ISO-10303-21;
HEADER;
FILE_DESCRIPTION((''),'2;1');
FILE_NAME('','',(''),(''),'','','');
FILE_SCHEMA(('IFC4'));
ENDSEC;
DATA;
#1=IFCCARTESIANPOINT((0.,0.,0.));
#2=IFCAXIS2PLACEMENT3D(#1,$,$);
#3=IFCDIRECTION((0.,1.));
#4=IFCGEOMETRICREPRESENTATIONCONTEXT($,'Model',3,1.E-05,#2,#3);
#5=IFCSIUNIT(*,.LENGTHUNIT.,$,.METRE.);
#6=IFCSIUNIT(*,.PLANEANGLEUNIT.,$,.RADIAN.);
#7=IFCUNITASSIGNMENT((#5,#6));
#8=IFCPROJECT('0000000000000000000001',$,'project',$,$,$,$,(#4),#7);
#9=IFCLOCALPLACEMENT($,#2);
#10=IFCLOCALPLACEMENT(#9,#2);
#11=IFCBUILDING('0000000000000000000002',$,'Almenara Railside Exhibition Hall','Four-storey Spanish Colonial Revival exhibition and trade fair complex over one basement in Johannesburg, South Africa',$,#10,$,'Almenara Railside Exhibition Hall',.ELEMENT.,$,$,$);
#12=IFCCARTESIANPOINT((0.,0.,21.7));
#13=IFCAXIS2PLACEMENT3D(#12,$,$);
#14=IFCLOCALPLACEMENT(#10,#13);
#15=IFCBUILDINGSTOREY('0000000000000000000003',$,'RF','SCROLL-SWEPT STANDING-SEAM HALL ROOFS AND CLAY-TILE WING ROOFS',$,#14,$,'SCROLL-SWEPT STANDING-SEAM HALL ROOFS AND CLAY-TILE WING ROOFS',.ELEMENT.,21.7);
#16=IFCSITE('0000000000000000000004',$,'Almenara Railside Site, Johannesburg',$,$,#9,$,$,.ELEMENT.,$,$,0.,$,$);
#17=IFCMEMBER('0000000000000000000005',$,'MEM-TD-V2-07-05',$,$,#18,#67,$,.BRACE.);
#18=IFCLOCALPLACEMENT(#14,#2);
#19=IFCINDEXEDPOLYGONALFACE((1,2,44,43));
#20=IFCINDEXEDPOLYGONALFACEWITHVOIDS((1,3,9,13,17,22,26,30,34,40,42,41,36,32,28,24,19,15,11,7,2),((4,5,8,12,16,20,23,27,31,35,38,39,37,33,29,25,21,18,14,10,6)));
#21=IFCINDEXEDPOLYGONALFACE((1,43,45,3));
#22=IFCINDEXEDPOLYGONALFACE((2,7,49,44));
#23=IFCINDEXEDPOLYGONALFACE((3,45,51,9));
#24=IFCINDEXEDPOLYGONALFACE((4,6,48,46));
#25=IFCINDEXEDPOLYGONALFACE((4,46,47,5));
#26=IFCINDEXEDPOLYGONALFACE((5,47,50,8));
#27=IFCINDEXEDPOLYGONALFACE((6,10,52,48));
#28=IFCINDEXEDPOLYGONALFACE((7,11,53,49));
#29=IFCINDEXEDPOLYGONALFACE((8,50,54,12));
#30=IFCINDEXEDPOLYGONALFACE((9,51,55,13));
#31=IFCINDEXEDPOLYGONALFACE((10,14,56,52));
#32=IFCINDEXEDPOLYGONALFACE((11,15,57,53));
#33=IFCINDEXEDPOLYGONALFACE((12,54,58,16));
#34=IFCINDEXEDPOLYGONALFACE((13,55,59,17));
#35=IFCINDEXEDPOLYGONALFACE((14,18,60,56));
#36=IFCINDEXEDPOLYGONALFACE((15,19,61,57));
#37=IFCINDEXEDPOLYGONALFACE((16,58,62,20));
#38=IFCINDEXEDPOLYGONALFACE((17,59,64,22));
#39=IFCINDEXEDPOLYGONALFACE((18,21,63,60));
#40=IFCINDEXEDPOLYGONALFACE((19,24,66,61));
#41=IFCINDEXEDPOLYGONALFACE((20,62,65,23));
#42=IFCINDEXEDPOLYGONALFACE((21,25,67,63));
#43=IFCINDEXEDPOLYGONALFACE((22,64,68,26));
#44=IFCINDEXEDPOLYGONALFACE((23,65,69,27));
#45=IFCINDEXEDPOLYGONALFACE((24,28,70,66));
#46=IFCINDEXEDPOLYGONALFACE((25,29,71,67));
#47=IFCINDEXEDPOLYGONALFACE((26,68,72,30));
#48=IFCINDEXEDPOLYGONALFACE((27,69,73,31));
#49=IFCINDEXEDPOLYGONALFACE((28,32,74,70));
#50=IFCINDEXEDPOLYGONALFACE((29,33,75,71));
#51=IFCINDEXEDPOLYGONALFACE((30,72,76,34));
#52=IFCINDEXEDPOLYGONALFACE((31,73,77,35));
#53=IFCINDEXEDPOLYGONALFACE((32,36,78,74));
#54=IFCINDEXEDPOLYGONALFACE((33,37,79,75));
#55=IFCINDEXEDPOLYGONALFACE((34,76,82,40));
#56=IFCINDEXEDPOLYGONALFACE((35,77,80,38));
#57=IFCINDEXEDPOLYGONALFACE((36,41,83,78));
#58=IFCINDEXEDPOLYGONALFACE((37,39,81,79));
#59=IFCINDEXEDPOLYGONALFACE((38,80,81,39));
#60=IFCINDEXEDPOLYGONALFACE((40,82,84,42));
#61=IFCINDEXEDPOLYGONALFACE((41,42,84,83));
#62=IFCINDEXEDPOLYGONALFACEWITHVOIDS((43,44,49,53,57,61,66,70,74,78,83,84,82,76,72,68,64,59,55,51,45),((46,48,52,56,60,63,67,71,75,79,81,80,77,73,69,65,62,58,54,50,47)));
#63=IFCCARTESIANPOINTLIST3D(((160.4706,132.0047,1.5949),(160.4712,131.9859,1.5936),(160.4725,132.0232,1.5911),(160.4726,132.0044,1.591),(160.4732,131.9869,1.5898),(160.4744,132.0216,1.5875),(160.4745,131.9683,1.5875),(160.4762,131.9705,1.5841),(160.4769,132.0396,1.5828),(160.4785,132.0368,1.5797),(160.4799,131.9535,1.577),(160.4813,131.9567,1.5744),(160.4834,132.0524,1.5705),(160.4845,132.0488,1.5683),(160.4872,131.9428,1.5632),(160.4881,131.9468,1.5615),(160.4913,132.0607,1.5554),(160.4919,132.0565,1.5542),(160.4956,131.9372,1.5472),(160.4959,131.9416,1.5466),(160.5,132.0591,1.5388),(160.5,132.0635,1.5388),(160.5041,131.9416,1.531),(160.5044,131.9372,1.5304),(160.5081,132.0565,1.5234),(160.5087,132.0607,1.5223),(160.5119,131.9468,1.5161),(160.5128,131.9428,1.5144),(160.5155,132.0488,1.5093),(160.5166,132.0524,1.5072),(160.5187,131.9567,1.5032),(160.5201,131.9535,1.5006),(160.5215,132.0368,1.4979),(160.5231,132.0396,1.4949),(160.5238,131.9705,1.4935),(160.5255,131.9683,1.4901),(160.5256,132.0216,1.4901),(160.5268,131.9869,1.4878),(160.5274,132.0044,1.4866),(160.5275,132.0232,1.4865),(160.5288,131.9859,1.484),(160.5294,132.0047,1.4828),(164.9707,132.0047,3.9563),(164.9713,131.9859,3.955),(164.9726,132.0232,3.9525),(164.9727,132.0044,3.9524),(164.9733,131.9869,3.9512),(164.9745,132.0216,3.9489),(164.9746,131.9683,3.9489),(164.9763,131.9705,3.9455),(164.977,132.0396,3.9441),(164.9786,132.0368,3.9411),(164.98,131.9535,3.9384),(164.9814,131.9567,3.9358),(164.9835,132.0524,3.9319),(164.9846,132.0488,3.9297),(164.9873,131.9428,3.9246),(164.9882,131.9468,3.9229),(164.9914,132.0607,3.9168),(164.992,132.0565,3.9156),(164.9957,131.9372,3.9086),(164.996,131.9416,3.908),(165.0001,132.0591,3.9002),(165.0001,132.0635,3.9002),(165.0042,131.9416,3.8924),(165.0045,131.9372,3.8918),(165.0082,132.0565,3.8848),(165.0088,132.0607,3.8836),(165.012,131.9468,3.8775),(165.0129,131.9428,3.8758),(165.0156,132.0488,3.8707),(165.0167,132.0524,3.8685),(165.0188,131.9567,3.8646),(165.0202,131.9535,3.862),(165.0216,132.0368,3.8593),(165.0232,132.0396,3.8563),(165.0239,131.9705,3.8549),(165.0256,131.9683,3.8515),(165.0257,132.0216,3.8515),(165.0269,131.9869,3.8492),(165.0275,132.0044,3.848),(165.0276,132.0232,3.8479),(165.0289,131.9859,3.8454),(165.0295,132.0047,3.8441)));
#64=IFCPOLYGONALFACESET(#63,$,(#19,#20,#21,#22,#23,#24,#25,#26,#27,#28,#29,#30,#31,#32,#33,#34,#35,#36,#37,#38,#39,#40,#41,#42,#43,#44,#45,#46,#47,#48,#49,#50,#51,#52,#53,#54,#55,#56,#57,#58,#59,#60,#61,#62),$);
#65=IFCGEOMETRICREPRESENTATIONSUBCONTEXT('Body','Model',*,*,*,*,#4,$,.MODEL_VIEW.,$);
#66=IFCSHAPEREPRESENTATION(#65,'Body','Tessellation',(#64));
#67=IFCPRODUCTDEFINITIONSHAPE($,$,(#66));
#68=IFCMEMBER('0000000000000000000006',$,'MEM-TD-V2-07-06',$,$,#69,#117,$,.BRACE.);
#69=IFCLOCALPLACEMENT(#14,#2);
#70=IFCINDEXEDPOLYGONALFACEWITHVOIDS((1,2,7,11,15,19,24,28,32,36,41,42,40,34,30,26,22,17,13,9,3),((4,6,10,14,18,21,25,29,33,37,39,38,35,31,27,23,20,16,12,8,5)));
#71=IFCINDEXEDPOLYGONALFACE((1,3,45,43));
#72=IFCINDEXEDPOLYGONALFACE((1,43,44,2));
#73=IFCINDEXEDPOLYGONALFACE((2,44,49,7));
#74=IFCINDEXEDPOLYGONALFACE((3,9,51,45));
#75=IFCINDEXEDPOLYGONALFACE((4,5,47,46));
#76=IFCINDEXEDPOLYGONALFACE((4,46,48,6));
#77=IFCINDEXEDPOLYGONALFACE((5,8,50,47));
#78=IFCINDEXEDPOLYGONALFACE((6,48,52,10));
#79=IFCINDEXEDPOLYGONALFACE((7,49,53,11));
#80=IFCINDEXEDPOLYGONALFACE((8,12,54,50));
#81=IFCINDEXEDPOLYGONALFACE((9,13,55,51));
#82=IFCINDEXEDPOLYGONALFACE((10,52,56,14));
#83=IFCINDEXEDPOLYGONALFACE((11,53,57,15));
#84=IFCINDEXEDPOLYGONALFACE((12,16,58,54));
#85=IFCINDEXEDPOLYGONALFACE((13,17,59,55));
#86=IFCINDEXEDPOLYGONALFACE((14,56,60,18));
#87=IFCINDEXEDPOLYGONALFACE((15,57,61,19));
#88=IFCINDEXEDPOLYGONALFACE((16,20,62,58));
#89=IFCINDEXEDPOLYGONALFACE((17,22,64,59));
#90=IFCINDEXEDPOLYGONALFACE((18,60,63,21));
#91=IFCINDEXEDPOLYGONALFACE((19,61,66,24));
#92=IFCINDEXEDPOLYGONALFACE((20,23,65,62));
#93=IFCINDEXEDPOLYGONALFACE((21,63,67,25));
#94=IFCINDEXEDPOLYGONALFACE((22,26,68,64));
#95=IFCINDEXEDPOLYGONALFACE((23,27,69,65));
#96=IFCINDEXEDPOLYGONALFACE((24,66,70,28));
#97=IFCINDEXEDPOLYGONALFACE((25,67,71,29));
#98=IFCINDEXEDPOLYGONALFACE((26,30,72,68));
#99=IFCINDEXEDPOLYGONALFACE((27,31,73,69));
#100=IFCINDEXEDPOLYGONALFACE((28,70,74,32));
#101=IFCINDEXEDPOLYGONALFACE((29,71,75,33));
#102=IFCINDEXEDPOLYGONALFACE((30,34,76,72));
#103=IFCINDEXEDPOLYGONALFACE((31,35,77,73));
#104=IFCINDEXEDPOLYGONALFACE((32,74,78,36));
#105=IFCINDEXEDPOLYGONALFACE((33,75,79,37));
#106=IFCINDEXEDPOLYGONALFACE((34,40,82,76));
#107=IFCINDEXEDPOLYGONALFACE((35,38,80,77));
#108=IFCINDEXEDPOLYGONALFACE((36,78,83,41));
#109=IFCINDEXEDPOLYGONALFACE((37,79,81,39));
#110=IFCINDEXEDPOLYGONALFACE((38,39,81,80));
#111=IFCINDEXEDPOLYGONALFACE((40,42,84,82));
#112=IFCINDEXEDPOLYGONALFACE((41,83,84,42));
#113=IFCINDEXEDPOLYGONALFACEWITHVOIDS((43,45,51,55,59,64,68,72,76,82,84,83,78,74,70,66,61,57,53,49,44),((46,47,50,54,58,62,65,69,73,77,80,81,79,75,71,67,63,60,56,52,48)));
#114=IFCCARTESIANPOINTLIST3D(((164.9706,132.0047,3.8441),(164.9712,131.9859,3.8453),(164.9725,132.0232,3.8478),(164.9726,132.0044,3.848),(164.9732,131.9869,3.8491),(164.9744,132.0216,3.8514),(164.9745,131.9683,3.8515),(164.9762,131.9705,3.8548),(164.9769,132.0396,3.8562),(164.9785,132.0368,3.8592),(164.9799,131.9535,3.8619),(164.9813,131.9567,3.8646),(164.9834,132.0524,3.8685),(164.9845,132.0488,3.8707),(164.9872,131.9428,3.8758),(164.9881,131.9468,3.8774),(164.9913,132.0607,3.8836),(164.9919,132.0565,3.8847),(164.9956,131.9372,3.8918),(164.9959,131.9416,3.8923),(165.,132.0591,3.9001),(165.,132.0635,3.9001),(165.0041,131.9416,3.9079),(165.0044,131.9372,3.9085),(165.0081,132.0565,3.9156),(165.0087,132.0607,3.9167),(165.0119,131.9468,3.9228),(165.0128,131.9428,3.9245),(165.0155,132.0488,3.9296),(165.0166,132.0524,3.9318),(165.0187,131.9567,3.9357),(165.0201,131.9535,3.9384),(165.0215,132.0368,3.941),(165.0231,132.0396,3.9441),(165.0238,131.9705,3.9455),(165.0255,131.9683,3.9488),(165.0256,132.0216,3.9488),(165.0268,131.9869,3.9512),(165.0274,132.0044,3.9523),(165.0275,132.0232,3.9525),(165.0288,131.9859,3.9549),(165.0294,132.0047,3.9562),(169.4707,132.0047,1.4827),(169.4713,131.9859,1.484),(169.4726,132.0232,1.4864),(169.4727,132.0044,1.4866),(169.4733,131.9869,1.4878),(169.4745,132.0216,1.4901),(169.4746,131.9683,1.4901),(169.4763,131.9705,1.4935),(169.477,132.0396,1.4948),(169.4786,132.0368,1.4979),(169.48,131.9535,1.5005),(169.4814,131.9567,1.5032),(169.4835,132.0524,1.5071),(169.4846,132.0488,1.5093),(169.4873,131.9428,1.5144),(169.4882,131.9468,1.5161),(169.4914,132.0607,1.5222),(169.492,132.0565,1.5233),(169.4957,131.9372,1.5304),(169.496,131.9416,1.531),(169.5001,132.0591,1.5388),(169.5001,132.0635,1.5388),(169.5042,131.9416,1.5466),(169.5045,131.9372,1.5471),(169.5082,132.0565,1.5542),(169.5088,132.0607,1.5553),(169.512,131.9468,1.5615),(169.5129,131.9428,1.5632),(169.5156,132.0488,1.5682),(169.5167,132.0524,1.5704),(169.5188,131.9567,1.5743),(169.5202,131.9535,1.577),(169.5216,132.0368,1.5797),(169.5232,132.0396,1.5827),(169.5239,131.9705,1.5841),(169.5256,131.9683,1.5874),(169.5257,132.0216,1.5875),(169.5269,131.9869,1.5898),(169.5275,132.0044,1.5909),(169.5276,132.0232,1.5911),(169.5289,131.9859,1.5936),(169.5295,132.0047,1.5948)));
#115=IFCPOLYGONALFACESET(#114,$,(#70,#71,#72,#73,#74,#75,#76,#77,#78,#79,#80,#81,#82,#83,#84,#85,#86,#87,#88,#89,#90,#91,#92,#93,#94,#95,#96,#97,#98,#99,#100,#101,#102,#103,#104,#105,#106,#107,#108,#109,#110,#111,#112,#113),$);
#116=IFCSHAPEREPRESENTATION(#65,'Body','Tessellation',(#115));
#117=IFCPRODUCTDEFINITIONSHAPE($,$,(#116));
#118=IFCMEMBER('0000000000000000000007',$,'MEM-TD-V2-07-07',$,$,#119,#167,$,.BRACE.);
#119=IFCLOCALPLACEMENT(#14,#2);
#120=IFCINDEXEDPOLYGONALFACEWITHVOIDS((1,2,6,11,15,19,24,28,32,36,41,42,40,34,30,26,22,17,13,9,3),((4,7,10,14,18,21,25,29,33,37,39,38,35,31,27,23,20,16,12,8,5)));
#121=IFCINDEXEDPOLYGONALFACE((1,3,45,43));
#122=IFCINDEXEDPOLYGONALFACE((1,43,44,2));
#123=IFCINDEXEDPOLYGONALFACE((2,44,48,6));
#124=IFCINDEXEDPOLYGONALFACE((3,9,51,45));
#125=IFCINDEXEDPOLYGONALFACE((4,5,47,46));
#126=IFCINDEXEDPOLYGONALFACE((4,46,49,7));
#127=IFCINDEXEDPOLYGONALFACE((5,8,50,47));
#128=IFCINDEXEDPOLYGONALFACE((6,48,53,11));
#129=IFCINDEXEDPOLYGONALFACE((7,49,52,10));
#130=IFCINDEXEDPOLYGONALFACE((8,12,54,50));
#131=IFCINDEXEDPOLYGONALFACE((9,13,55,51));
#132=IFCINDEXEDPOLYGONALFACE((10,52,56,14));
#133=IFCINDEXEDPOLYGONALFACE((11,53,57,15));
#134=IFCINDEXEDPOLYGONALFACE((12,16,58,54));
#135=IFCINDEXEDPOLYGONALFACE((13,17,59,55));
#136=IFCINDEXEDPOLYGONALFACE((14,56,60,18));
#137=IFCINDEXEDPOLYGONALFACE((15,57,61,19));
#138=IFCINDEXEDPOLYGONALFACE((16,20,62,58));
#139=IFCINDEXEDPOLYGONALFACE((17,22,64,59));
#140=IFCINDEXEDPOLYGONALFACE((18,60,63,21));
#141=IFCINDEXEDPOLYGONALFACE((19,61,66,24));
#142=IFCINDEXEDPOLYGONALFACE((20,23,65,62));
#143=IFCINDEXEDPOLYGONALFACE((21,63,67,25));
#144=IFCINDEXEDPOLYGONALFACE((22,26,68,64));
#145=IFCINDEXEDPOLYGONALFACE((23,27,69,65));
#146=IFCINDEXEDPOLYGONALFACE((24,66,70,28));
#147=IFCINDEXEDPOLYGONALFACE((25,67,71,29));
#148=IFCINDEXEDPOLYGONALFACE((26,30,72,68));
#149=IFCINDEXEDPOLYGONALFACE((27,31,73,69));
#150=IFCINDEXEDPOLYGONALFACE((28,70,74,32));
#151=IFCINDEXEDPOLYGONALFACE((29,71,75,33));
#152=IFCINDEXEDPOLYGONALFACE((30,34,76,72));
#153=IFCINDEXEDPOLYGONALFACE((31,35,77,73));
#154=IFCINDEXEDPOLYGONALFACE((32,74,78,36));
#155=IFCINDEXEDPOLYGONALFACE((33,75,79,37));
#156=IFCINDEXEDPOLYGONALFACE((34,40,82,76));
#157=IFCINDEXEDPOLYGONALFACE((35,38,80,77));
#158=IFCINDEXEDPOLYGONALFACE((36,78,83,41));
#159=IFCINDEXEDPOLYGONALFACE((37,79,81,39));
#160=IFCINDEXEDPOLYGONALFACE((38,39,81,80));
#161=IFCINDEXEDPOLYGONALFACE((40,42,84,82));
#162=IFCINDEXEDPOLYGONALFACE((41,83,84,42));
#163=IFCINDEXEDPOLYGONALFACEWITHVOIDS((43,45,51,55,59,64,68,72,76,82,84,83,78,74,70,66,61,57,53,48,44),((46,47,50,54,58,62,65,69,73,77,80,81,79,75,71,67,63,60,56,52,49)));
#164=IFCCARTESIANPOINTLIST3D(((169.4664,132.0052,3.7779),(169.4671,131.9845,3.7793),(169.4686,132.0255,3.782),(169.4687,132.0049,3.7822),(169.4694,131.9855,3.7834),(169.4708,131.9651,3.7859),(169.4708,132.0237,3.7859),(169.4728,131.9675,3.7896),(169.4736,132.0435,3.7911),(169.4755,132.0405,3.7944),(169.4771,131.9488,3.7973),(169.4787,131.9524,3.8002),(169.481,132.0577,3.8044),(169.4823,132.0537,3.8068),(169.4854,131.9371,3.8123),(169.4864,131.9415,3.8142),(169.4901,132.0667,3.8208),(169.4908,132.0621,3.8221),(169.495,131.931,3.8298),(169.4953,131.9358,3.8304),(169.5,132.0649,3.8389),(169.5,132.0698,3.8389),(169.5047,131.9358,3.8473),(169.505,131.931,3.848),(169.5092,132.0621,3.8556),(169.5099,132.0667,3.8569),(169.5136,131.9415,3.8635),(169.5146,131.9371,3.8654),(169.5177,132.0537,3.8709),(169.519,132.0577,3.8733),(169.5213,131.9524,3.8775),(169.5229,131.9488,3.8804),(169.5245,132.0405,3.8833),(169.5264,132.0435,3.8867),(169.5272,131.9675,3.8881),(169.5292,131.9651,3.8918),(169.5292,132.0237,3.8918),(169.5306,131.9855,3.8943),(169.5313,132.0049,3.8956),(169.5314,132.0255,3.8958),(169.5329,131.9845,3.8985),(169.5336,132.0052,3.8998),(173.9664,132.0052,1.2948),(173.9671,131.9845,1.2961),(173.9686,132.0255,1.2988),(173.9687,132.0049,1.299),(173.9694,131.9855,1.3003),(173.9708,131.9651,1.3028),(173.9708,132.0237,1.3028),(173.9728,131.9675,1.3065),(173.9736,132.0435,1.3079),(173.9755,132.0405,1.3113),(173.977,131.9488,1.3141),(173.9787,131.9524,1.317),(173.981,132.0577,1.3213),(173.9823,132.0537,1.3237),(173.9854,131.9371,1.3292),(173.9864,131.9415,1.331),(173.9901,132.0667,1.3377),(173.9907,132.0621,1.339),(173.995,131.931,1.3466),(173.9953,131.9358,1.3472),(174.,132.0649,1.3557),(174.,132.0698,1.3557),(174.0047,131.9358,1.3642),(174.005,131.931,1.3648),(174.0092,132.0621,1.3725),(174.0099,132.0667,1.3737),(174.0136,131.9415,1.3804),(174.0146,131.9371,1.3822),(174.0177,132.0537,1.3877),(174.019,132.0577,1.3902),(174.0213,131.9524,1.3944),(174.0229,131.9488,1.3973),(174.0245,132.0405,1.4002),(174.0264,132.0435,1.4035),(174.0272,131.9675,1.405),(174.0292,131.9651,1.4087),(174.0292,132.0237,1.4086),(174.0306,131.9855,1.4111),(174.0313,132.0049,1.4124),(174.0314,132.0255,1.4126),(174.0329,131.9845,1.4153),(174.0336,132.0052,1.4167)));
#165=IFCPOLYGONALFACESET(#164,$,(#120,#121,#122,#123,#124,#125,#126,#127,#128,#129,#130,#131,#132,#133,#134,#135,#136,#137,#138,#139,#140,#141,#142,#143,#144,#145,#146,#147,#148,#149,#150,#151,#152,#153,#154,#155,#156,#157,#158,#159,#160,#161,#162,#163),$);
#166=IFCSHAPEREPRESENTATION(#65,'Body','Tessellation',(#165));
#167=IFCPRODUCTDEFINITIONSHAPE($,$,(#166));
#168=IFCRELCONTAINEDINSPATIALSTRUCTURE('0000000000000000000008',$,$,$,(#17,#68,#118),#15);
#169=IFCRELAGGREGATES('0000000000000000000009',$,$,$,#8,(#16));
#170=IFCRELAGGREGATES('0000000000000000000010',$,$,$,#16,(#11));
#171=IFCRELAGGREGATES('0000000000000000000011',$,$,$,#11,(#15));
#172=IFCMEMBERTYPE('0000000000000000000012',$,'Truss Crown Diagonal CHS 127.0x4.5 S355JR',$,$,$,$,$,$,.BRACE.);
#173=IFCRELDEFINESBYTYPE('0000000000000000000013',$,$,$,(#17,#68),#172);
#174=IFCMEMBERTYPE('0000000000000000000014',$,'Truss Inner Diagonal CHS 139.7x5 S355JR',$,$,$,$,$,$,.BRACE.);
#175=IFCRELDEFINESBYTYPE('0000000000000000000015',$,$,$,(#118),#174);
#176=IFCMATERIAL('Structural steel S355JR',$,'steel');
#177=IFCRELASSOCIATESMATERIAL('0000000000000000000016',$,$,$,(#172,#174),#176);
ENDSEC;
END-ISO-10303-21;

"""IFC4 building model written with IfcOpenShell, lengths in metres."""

from ifc_helpers import new_model, si_unit, direction, frame, origin, origin_2d, place, context, subcontext, project, spatial, hollow_circle, extrude, material, material_profile, profile_set, type_object, element, save


model = new_model("IFC4")

# Units and contexts
model_context = context("Model", 3, precision=1e-05, world=origin(), true_north=direction((0.0, 1.0)))
body_context = subcontext(model_context, "Body", "Model", "MODEL_VIEW")
ifc_project = project(units=[si_unit("LENGTHUNIT", "METRE"), si_unit("PLANEANGLEUNIT", "RADIAN")], contexts=[model_context])

# Site, building, storey
site_placement = place(None, origin())
site = spatial("IfcSite", under=ifc_project, at=site_placement, Name="Almenara Railside Site, Johannesburg", CompositionType="ELEMENT", RefElevation=0.0)
building_placement = place(site_placement, origin())
building = spatial("IfcBuilding", under=site, at=building_placement, Name="Almenara Railside Exhibition Hall", Description="Four-storey Spanish Colonial Revival exhibition and trade fair complex over one basement in Johannesburg, South Africa", LongName="Almenara Railside Exhibition Hall", CompositionType="ELEMENT")
storey_placement = place(building_placement, frame((0.0, 0.0, 21.7)))
storey = spatial("IfcBuildingStorey", under=building, at=storey_placement, Name="RF", Description="SCROLL-SWEPT STANDING-SEAM HALL ROOFS AND CLAY-TILE WING ROOFS", LongName="SCROLL-SWEPT STANDING-SEAM HALL ROOFS AND CLAY-TILE WING ROOFS", CompositionType="ELEMENT", Elevation=21.7)

# Shared definitions
ifc_material_1 = material(Name="Structural steel S355JR", Category="steel")

# Members
ifc_material_profile_1 = material_profile(ifc_material_1, hollow_circle(Radius=0.0635, WallThickness=0.0044, at=origin_2d()), Name="CHS 127.0x4.5")
ifc_profile_set_1 = profile_set([ifc_material_profile_1], Name="Structural steel S355JR")
member_type_1 = type_object("IfcMemberType", Name="Truss Crown Diagonal CHS 127.0x4.5 S355JR", PredefinedType="BRACE", material=ifc_profile_set_1)
for number, where, z_axis, x_axis, name in (
    (1, (160.5, 132.0, 1.5388), (0.885493, 0.0, 0.464653), (0.0, 1.0, 0.0), "MEM-TD-V2-07-05"),
    (2, (165.0, 132.0, 3.9001), (0.885493, 0.0, -0.464653), (0.0, 1.0, 0.0), "MEM-TD-V2-07-06"),
):
    element("IfcMember", number, at=place(storey_placement, frame(where, z_axis=z_axis, x_axis=x_axis)), inside=storey, type_object=member_type_1, Name=name, PredefinedType="BRACE", context=body_context, shape_type="SweptSolid", body=[
        extrude(hollow_circle(Radius=0.0635, WallThickness=0.0044, at=origin_2d()), origin(), (0.0, 0.0, 1.0), 5.082),
    ])
ifc_material_profile_2 = material_profile(ifc_material_1, hollow_circle(Radius=0.0698, WallThickness=0.0049, at=origin_2d()), Name="CHS 139.7x5")
ifc_profile_set_2 = profile_set([ifc_material_profile_2], Name="Structural steel S355JR")
member_type_2 = type_object("IfcMemberType", Name="Truss Inner Diagonal CHS 139.7x5 S355JR", PredefinedType="BRACE", material=ifc_profile_set_2)
member_1_placement = place(storey_placement, frame((169.5, 132.0, 3.8389), z_axis=(0.875545, 0.0, -0.483136), x_axis=(0.0, 1.0, 0.0)))
element("IfcMember", 3, at=member_1_placement, inside=storey, type_object=member_type_2, Name="MEM-TD-V2-07-07", PredefinedType="BRACE", context=body_context, shape_type="SweptSolid", body=[
    extrude(hollow_circle(Radius=0.0698, WallThickness=0.0049, at=origin_2d()), origin(), (0.0, 0.0, 1.0), 5.1396),
])

save(model, "model.ifc")
